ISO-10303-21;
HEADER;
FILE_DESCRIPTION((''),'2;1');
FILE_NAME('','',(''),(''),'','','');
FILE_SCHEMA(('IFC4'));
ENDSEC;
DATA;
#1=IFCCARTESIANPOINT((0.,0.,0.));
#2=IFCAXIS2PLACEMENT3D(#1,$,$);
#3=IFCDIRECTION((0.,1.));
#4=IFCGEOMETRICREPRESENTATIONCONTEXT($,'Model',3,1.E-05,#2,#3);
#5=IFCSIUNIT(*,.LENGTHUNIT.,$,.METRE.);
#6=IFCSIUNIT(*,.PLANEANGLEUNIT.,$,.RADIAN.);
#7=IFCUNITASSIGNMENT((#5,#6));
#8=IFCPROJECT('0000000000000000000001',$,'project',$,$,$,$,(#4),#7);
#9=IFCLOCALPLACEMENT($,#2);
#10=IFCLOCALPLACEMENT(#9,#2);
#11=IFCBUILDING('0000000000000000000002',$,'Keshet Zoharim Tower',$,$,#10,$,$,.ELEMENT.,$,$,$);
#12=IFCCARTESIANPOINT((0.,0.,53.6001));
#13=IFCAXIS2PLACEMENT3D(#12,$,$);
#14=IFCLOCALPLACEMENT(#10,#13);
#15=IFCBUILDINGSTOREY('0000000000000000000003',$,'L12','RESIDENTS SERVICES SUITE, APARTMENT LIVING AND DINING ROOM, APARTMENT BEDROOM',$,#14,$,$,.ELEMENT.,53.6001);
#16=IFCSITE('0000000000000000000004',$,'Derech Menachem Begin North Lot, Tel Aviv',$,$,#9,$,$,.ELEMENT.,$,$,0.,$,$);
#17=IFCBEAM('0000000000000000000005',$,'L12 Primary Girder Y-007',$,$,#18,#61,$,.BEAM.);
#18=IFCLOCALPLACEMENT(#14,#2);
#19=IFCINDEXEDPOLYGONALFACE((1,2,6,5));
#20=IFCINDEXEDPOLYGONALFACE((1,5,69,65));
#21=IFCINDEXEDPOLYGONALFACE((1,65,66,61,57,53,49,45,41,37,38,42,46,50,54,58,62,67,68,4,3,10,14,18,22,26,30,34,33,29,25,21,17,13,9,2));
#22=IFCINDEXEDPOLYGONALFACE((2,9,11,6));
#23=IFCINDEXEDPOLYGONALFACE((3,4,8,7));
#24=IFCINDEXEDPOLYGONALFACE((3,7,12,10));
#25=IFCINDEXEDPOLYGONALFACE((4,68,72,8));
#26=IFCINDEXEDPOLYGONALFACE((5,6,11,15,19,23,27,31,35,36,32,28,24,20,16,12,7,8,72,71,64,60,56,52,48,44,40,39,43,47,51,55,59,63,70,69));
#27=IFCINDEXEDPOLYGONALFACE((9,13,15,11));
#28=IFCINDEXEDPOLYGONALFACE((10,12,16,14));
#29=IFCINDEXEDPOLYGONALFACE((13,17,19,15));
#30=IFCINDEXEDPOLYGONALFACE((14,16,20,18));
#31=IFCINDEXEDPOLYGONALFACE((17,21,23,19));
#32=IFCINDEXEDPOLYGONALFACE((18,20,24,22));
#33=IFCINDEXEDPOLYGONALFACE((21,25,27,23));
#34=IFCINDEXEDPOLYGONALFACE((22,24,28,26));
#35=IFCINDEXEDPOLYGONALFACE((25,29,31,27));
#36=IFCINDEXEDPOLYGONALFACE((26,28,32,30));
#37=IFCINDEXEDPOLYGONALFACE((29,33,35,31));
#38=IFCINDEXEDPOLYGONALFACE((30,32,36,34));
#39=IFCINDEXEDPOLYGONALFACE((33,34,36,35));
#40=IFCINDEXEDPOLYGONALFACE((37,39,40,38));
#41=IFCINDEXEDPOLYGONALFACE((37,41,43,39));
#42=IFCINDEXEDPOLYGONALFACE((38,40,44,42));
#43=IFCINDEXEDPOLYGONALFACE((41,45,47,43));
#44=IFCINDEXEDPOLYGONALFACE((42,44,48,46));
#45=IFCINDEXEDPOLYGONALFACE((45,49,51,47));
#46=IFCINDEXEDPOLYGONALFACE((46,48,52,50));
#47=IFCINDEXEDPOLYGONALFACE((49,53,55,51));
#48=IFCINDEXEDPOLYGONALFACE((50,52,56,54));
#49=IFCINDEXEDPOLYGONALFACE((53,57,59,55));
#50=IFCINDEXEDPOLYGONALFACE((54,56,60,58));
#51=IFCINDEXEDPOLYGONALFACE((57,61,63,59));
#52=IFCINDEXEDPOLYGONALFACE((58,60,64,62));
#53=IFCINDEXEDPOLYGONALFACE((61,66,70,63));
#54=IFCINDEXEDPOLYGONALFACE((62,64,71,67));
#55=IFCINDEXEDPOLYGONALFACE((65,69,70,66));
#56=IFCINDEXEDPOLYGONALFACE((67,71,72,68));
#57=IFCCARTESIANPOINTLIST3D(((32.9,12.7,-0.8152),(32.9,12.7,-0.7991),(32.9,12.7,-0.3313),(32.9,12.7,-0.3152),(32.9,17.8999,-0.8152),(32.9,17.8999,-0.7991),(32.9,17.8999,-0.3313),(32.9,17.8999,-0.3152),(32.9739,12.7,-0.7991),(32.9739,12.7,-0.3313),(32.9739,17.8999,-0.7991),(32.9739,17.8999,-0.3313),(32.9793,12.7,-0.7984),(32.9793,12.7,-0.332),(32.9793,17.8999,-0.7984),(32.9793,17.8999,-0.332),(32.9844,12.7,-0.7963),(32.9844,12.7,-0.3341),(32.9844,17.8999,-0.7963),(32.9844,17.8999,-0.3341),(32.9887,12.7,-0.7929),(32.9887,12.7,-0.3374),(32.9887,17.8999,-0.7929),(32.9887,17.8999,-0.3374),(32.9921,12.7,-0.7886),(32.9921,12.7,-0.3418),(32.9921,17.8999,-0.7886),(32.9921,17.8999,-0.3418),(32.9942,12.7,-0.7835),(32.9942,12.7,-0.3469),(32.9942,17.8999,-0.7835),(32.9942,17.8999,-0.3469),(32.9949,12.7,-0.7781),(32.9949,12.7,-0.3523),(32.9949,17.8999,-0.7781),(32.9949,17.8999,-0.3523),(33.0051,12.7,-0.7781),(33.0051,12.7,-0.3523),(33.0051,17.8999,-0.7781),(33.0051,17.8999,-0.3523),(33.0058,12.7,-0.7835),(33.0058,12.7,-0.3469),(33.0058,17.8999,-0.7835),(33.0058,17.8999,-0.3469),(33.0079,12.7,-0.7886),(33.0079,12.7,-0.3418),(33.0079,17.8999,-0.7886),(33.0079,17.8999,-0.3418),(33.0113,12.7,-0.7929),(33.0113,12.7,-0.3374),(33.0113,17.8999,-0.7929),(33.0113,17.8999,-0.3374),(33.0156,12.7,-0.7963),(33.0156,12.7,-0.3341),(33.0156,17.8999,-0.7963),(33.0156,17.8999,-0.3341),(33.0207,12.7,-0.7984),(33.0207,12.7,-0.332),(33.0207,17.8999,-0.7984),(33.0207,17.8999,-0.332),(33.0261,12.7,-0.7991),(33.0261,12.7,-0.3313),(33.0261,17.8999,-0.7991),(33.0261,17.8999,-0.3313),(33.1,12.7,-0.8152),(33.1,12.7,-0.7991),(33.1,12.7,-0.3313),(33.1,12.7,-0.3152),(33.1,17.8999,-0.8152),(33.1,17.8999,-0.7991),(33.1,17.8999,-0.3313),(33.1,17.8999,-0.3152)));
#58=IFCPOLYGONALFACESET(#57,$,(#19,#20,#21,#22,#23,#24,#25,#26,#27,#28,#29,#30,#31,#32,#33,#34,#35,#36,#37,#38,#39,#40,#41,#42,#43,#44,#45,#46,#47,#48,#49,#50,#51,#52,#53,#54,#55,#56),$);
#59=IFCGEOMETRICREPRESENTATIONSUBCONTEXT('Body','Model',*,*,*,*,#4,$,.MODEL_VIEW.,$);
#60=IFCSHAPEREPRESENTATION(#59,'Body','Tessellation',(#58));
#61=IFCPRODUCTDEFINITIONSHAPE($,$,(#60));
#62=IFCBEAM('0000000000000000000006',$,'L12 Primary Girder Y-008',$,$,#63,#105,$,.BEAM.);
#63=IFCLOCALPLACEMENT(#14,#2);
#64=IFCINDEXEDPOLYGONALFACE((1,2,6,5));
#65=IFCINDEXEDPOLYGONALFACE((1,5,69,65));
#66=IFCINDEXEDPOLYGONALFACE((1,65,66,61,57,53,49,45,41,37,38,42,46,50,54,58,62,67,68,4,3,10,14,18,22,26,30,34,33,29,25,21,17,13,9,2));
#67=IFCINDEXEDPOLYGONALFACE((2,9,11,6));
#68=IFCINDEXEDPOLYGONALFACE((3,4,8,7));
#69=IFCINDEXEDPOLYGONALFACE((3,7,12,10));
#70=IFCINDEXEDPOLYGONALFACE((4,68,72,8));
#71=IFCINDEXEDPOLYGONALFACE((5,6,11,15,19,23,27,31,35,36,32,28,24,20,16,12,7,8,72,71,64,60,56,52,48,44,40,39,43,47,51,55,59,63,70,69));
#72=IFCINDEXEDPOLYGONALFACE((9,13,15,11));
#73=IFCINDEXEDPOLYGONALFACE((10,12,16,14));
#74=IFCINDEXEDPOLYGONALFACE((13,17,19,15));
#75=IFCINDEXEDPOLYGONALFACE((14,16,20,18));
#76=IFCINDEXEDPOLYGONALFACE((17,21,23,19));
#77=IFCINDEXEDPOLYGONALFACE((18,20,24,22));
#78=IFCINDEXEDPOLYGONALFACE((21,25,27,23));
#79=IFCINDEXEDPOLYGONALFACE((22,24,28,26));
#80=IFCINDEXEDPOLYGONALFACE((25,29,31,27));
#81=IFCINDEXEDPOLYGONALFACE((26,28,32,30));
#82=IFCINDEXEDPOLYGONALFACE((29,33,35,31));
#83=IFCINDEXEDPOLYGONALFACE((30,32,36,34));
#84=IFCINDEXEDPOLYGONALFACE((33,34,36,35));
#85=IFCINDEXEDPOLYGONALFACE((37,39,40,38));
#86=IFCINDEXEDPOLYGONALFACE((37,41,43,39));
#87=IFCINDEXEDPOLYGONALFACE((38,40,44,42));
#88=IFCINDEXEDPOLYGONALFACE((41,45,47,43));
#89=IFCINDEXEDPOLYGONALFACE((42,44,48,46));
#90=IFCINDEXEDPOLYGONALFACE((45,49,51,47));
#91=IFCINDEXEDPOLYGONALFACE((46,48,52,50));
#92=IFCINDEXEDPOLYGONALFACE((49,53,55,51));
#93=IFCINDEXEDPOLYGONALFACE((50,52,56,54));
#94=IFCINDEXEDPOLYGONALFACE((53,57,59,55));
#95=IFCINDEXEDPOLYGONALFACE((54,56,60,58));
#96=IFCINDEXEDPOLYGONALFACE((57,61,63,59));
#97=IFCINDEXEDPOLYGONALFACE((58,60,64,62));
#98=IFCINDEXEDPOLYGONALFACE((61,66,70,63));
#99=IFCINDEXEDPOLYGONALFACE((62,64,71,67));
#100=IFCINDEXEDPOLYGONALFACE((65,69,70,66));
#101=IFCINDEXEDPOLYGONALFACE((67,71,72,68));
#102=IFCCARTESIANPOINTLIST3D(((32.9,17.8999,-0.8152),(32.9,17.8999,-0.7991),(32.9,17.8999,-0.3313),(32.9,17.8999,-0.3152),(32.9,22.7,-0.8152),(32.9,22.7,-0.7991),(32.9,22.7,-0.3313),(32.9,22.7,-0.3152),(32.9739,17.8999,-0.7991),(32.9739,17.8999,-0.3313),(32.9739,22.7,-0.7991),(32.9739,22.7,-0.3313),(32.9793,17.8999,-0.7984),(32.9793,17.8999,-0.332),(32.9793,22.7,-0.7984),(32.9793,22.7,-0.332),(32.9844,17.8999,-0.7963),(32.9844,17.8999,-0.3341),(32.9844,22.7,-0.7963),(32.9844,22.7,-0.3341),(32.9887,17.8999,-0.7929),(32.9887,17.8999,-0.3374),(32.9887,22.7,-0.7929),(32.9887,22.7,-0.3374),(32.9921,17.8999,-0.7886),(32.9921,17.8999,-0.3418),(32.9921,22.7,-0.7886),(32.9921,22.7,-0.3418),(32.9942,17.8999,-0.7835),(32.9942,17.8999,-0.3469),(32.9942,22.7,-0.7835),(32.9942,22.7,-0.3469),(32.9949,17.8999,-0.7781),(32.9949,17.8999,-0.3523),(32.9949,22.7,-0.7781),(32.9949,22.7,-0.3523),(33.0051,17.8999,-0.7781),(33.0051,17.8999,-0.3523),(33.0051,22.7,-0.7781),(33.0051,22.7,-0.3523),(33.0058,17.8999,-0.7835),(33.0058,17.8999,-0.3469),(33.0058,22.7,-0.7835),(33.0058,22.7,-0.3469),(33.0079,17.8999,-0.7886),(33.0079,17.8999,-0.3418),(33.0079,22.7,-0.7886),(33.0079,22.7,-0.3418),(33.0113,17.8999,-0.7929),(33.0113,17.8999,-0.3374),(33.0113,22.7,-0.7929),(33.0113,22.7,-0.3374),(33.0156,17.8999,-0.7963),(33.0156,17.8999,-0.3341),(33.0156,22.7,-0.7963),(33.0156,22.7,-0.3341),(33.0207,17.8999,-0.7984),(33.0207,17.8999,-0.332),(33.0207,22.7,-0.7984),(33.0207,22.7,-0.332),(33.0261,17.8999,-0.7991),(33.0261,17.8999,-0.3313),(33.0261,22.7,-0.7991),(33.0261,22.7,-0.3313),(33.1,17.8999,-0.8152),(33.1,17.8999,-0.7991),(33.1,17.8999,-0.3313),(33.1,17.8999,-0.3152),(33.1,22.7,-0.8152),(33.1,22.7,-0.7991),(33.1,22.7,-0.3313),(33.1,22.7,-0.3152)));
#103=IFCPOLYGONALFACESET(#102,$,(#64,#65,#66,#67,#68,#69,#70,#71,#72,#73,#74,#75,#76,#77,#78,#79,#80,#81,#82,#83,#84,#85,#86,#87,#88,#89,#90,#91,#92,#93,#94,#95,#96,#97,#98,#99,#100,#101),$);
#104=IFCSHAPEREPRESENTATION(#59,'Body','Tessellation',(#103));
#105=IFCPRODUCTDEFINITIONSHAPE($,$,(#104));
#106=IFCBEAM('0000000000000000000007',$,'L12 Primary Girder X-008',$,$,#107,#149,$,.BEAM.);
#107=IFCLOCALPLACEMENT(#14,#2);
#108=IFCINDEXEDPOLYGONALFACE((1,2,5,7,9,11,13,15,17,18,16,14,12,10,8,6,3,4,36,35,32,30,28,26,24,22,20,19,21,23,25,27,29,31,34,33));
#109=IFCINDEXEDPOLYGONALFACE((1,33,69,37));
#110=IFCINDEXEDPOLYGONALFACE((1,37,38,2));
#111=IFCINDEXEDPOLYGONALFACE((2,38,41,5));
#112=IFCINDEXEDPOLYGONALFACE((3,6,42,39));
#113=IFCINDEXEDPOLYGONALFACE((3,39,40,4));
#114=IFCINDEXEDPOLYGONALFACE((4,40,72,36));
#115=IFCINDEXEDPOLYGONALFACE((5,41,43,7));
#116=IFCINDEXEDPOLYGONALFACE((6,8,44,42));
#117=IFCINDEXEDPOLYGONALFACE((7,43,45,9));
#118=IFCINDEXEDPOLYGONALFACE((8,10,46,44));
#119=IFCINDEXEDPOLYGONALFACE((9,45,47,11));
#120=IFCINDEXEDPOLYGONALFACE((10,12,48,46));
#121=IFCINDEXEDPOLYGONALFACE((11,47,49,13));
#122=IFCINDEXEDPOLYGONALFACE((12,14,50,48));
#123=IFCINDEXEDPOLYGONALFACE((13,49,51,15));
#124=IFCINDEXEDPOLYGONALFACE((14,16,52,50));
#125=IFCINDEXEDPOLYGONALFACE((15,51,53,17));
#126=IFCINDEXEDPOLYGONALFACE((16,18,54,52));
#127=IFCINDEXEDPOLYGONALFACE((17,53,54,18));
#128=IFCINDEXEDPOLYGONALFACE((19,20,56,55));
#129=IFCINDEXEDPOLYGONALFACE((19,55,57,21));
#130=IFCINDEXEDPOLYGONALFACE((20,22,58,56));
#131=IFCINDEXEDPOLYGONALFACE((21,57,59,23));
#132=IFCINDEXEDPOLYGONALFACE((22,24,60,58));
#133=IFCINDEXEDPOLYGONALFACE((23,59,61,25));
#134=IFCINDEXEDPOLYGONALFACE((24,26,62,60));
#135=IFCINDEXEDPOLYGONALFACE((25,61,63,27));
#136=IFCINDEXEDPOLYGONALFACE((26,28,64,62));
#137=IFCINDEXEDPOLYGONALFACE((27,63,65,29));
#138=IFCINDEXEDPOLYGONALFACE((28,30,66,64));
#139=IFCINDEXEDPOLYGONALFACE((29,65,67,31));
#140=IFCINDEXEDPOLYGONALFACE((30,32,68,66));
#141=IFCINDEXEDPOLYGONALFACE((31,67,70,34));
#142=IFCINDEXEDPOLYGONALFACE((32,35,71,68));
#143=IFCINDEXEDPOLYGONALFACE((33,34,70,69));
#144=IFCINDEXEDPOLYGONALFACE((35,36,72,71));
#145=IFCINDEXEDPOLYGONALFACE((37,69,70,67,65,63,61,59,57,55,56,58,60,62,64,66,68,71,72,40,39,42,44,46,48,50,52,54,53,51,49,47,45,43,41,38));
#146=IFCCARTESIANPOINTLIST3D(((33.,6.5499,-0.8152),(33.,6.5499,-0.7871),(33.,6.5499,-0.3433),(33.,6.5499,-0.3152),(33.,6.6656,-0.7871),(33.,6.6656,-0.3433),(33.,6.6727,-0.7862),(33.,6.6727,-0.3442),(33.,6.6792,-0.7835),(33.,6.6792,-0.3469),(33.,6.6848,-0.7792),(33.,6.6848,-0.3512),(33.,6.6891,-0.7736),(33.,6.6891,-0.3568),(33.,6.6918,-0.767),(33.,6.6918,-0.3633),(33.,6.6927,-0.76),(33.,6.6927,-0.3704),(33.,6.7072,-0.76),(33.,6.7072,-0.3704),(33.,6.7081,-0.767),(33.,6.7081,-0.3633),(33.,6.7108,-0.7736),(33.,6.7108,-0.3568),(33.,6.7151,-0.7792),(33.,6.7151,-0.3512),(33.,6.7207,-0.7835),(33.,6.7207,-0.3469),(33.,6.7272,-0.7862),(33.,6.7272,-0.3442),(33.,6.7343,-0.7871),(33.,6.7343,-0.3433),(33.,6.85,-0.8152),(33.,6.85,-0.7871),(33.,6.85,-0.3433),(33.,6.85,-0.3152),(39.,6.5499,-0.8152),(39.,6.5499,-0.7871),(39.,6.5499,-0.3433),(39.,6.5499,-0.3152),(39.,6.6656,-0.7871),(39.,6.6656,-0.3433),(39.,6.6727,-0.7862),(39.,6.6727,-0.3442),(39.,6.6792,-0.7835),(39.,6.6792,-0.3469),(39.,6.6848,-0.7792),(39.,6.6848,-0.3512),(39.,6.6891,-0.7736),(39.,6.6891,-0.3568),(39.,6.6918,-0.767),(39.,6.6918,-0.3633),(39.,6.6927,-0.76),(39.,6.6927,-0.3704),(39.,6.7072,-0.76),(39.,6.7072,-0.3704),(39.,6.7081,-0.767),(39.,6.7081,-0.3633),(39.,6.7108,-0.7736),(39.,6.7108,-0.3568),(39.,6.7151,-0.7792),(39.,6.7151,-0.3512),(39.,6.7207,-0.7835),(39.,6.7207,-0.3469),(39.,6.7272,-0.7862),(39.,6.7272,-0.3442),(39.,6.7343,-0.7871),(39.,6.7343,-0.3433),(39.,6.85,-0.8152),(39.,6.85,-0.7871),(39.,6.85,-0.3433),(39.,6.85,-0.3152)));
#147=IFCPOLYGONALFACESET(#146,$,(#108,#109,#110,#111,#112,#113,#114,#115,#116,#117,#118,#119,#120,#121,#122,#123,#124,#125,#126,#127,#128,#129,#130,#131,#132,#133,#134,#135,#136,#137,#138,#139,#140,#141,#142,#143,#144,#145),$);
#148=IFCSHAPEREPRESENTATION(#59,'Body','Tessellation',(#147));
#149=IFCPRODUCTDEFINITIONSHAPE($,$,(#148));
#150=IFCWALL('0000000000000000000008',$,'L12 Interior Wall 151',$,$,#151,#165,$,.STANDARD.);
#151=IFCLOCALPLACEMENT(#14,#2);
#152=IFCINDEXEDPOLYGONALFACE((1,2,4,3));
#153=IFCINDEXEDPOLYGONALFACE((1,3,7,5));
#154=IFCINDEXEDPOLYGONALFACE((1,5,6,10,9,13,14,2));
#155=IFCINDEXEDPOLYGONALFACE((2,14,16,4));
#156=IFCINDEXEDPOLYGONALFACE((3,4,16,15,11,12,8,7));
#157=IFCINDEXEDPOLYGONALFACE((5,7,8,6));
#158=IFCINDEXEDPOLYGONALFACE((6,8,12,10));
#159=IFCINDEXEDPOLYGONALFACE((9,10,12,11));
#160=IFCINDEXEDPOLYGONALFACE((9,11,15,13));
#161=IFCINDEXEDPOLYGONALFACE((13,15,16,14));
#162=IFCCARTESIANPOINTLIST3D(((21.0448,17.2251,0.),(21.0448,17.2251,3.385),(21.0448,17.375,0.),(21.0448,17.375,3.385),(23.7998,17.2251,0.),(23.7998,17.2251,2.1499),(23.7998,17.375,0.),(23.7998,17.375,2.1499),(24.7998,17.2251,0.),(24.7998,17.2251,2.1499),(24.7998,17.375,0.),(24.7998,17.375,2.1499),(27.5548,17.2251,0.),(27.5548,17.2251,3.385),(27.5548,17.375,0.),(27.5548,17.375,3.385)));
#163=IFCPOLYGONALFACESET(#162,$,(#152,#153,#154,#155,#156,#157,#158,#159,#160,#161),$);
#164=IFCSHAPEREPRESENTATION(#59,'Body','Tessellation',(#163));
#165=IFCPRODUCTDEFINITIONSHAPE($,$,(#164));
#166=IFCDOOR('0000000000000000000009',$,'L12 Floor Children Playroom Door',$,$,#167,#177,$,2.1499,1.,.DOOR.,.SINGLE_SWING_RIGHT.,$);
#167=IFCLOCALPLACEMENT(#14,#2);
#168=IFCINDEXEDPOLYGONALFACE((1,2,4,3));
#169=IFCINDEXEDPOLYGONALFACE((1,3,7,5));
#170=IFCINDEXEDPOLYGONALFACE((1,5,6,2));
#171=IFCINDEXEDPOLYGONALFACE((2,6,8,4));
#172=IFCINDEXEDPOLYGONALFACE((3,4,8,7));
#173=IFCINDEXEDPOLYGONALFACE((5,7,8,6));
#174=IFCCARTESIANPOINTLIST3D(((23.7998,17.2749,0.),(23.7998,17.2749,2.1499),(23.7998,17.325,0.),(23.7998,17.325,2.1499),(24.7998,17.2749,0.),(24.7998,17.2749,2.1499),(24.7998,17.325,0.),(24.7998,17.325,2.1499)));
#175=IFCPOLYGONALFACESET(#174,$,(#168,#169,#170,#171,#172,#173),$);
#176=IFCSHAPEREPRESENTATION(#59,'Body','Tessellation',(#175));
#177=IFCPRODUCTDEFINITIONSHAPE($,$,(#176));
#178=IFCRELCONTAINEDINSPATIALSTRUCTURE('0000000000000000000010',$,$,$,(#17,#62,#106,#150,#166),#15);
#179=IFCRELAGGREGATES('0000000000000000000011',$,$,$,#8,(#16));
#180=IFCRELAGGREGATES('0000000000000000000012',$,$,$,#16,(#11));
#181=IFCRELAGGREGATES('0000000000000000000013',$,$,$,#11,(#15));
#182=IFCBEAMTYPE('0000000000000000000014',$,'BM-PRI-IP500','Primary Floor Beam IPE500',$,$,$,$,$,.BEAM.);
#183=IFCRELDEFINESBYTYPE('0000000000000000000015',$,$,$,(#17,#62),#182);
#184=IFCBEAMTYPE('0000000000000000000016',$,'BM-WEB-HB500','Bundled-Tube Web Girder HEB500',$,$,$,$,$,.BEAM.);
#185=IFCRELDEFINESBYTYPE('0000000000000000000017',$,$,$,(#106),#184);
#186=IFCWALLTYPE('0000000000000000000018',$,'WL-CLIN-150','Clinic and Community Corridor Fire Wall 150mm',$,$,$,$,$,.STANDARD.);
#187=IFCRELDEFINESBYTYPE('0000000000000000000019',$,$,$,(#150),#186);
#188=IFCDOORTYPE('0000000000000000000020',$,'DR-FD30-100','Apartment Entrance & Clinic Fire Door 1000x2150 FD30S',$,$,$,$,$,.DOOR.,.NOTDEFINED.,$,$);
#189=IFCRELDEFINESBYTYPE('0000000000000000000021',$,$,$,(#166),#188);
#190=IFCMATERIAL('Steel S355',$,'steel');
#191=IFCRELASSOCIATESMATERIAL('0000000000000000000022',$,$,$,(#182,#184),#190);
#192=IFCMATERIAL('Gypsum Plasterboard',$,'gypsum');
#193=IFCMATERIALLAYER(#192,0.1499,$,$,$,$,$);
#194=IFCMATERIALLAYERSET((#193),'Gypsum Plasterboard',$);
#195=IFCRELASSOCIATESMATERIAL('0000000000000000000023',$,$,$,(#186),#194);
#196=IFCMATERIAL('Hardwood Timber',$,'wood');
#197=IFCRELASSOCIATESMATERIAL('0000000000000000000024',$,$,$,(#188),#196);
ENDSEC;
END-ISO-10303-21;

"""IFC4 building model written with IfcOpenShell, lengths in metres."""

from ifc_helpers import new_model, si_unit, direction, frame, frame_2d, origin, origin_2d, place, context, subcontext, project, spatial, rectangle, i_section, extrude, material, layer, layer_set, material_profile, profile_set, type_object, element, fill, save


model = new_model("IFC4")

# Units and contexts
model_context = context("Model", 3, precision=1e-05, world=origin(), true_north=direction((0.0, 1.0)))
body_context = subcontext(model_context, "Body", "Model", "MODEL_VIEW")
ifc_project = project(units=[si_unit("LENGTHUNIT", "METRE"), si_unit("PLANEANGLEUNIT", "RADIAN")], contexts=[model_context])

# Site, building, storey
site_placement = place(None, origin())
site = spatial("IfcSite", under=ifc_project, at=site_placement, Name="Derech Menachem Begin North Lot, Tel Aviv", CompositionType="ELEMENT", RefElevation=0.0)
building_placement = place(site_placement, origin())
building = spatial("IfcBuilding", under=site, at=building_placement, Name="Keshet Zoharim Tower", CompositionType="ELEMENT")
storey_placement = place(building_placement, frame((0.0, 0.0, 53.6001)))
storey = spatial("IfcBuildingStorey", under=building, at=storey_placement, Name="L12", Description="RESIDENTS SERVICES SUITE, APARTMENT LIVING AND DINING ROOM, APARTMENT BEDROOM", CompositionType="ELEMENT", Elevation=53.6001)

# Beams
ifc_material_1 = material(Name="Steel S355", Category="steel")
ifc_material_profile_1 = material_profile(ifc_material_1, i_section(OverallWidth=0.2, OverallDepth=0.5, WebThickness=0.0103, FlangeThickness=0.0161, FilletRadius=0.021, at=origin_2d()), Name="IPE500")
ifc_profile_set_1 = profile_set([ifc_material_profile_1], Name="Steel S355")
beam_type_1 = type_object("IfcBeamType", Name="BM-PRI-IP500", Description="Primary Floor Beam IPE500", PredefinedType="BEAM", material=ifc_profile_set_1)
beam_1_placement = place(storey_placement, frame((33.0, 12.7, -0.5652), z_axis=(0.0, 1.0, 0.0), x_axis=(-1.0, 0.0, 0.0)))
element("IfcBeam", 1, at=beam_1_placement, inside=storey, type_object=beam_type_1, Name="L12 Primary Girder Y-007", PredefinedType="BEAM", context=body_context, shape_type="SweptSolid", body=[
    extrude(i_section(OverallWidth=0.2, OverallDepth=0.5, WebThickness=0.0103, FlangeThickness=0.0161, FilletRadius=0.021, at=origin_2d()), origin(), (0.0, 0.0, 1.0), 5.2),
])
beam_2_placement = place(storey_placement, frame((33.0, 17.8999, -0.5652), z_axis=(0.0, 1.0, 0.0), x_axis=(-1.0, 0.0, 0.0)))
element("IfcBeam", 2, at=beam_2_placement, inside=storey, type_object=beam_type_1, Name="L12 Primary Girder Y-008", PredefinedType="BEAM", context=body_context, shape_type="SweptSolid", body=[
    extrude(i_section(OverallWidth=0.2, OverallDepth=0.5, WebThickness=0.0103, FlangeThickness=0.0161, FilletRadius=0.021, at=origin_2d()), origin(), (0.0, 0.0, 1.0), 4.8),
])
ifc_material_profile_2 = material_profile(ifc_material_1, i_section(OverallWidth=0.3, OverallDepth=0.5, WebThickness=0.0144, FlangeThickness=0.0281, FilletRadius=0.0271, at=origin_2d()), Name="HEB500")
ifc_profile_set_2 = profile_set([ifc_material_profile_2], Name="Steel S355")
beam_type_2 = type_object("IfcBeamType", Name="BM-WEB-HB500", Description="Bundled-Tube Web Girder HEB500", PredefinedType="BEAM", material=ifc_profile_set_2)
beam_3_placement = place(storey_placement, frame((33.0, 6.7, -0.5652), z_axis=(1.0, 0.0, 0.0), x_axis=(0.0, 1.0, 0.0)))
element("IfcBeam", 3, at=beam_3_placement, inside=storey, type_object=beam_type_2, Name="L12 Primary Girder X-008", PredefinedType="BEAM", context=body_context, shape_type="SweptSolid", body=[
    extrude(i_section(OverallWidth=0.3, OverallDepth=0.5, WebThickness=0.0144, FlangeThickness=0.0281, FilletRadius=0.0271, at=origin_2d()), origin(), (0.0, 0.0, 1.0), 6.0),
])

# Wall, opening, door
ifc_material_2 = material(Name="Gypsum Plasterboard", Category="gypsum")
ifc_layer_1 = layer(ifc_material_2, 0.1499)
ifc_layer_set_1 = layer_set([ifc_layer_1], Name="Gypsum Plasterboard")
wall_type_1 = type_object("IfcWallType", Name="WL-CLIN-150", Description="Clinic and Community Corridor Fire Wall 150mm", PredefinedType="STANDARD", material=ifc_layer_set_1)
wall_1_placement = place(storey_placement, frame((21.0449, 17.3, 0.0), z_axis=(0.0, 0.0, 1.0), x_axis=(1.0, 0.0, 0.0)))
wall_1 = element("IfcWall", 4, at=wall_1_placement, inside=storey, type_object=wall_type_1, Name="L12 Interior Wall 151", PredefinedType="STANDARD", context=body_context, shape_type="SweptSolid", body=[
    extrude(rectangle(XDim=6.51, YDim=0.1499, at=frame_2d((3.2549, 0.0))), origin(), (0.0, 0.0, 1.0), 3.385),
])
opening_1_placement = place(wall_1_placement, frame((2.7549, 0.0, 0.0)))
opening_1 = element("IfcOpeningElement", 5, at=opening_1_placement, cuts=wall_1, PredefinedType="OPENING", context=body_context, shape_type="SweptSolid", body=[
    extrude(rectangle(XDim=1.0, YDim=2.1499, at=frame_2d((0.5, 1.075))), frame((0.0, 0.085, 0.0), z_axis=(0.0, -1.0, 0.0), x_axis=(1.0, 0.0, 0.0)), (0.0, 0.0, 1.0), 0.1699),
])
ifc_material_3 = material(Name="Hardwood Timber", Category="wood")
door_type_1 = type_object("IfcDoorType", Name="DR-FD30-100", Description="Apartment Entrance & Clinic Fire Door 1000x2150 FD30S", OperationType="NOTDEFINED", PredefinedType="DOOR", material=ifc_material_3)
door_1_placement = place(opening_1_placement, origin())
door_1 = element("IfcDoor", 6, at=door_1_placement, inside=storey, type_object=door_type_1, Name="L12 Floor Children Playroom Door", OperationType="SINGLE_SWING_RIGHT", OverallHeight=2.1499, OverallWidth=1.0, PredefinedType="DOOR", context=body_context, shape_type="SweptSolid", body=[
    extrude(rectangle(XDim=1.0, YDim=2.1499, at=frame_2d((0.5, 1.075))), frame((0.0, 0.0249, 0.0), z_axis=(0.0, -1.0, 0.0), x_axis=(1.0, 0.0, 0.0)), (0.0, 0.0, 1.0), 0.05),
])
fill(opening_1, door_1)

save(model, "model.ifc")
